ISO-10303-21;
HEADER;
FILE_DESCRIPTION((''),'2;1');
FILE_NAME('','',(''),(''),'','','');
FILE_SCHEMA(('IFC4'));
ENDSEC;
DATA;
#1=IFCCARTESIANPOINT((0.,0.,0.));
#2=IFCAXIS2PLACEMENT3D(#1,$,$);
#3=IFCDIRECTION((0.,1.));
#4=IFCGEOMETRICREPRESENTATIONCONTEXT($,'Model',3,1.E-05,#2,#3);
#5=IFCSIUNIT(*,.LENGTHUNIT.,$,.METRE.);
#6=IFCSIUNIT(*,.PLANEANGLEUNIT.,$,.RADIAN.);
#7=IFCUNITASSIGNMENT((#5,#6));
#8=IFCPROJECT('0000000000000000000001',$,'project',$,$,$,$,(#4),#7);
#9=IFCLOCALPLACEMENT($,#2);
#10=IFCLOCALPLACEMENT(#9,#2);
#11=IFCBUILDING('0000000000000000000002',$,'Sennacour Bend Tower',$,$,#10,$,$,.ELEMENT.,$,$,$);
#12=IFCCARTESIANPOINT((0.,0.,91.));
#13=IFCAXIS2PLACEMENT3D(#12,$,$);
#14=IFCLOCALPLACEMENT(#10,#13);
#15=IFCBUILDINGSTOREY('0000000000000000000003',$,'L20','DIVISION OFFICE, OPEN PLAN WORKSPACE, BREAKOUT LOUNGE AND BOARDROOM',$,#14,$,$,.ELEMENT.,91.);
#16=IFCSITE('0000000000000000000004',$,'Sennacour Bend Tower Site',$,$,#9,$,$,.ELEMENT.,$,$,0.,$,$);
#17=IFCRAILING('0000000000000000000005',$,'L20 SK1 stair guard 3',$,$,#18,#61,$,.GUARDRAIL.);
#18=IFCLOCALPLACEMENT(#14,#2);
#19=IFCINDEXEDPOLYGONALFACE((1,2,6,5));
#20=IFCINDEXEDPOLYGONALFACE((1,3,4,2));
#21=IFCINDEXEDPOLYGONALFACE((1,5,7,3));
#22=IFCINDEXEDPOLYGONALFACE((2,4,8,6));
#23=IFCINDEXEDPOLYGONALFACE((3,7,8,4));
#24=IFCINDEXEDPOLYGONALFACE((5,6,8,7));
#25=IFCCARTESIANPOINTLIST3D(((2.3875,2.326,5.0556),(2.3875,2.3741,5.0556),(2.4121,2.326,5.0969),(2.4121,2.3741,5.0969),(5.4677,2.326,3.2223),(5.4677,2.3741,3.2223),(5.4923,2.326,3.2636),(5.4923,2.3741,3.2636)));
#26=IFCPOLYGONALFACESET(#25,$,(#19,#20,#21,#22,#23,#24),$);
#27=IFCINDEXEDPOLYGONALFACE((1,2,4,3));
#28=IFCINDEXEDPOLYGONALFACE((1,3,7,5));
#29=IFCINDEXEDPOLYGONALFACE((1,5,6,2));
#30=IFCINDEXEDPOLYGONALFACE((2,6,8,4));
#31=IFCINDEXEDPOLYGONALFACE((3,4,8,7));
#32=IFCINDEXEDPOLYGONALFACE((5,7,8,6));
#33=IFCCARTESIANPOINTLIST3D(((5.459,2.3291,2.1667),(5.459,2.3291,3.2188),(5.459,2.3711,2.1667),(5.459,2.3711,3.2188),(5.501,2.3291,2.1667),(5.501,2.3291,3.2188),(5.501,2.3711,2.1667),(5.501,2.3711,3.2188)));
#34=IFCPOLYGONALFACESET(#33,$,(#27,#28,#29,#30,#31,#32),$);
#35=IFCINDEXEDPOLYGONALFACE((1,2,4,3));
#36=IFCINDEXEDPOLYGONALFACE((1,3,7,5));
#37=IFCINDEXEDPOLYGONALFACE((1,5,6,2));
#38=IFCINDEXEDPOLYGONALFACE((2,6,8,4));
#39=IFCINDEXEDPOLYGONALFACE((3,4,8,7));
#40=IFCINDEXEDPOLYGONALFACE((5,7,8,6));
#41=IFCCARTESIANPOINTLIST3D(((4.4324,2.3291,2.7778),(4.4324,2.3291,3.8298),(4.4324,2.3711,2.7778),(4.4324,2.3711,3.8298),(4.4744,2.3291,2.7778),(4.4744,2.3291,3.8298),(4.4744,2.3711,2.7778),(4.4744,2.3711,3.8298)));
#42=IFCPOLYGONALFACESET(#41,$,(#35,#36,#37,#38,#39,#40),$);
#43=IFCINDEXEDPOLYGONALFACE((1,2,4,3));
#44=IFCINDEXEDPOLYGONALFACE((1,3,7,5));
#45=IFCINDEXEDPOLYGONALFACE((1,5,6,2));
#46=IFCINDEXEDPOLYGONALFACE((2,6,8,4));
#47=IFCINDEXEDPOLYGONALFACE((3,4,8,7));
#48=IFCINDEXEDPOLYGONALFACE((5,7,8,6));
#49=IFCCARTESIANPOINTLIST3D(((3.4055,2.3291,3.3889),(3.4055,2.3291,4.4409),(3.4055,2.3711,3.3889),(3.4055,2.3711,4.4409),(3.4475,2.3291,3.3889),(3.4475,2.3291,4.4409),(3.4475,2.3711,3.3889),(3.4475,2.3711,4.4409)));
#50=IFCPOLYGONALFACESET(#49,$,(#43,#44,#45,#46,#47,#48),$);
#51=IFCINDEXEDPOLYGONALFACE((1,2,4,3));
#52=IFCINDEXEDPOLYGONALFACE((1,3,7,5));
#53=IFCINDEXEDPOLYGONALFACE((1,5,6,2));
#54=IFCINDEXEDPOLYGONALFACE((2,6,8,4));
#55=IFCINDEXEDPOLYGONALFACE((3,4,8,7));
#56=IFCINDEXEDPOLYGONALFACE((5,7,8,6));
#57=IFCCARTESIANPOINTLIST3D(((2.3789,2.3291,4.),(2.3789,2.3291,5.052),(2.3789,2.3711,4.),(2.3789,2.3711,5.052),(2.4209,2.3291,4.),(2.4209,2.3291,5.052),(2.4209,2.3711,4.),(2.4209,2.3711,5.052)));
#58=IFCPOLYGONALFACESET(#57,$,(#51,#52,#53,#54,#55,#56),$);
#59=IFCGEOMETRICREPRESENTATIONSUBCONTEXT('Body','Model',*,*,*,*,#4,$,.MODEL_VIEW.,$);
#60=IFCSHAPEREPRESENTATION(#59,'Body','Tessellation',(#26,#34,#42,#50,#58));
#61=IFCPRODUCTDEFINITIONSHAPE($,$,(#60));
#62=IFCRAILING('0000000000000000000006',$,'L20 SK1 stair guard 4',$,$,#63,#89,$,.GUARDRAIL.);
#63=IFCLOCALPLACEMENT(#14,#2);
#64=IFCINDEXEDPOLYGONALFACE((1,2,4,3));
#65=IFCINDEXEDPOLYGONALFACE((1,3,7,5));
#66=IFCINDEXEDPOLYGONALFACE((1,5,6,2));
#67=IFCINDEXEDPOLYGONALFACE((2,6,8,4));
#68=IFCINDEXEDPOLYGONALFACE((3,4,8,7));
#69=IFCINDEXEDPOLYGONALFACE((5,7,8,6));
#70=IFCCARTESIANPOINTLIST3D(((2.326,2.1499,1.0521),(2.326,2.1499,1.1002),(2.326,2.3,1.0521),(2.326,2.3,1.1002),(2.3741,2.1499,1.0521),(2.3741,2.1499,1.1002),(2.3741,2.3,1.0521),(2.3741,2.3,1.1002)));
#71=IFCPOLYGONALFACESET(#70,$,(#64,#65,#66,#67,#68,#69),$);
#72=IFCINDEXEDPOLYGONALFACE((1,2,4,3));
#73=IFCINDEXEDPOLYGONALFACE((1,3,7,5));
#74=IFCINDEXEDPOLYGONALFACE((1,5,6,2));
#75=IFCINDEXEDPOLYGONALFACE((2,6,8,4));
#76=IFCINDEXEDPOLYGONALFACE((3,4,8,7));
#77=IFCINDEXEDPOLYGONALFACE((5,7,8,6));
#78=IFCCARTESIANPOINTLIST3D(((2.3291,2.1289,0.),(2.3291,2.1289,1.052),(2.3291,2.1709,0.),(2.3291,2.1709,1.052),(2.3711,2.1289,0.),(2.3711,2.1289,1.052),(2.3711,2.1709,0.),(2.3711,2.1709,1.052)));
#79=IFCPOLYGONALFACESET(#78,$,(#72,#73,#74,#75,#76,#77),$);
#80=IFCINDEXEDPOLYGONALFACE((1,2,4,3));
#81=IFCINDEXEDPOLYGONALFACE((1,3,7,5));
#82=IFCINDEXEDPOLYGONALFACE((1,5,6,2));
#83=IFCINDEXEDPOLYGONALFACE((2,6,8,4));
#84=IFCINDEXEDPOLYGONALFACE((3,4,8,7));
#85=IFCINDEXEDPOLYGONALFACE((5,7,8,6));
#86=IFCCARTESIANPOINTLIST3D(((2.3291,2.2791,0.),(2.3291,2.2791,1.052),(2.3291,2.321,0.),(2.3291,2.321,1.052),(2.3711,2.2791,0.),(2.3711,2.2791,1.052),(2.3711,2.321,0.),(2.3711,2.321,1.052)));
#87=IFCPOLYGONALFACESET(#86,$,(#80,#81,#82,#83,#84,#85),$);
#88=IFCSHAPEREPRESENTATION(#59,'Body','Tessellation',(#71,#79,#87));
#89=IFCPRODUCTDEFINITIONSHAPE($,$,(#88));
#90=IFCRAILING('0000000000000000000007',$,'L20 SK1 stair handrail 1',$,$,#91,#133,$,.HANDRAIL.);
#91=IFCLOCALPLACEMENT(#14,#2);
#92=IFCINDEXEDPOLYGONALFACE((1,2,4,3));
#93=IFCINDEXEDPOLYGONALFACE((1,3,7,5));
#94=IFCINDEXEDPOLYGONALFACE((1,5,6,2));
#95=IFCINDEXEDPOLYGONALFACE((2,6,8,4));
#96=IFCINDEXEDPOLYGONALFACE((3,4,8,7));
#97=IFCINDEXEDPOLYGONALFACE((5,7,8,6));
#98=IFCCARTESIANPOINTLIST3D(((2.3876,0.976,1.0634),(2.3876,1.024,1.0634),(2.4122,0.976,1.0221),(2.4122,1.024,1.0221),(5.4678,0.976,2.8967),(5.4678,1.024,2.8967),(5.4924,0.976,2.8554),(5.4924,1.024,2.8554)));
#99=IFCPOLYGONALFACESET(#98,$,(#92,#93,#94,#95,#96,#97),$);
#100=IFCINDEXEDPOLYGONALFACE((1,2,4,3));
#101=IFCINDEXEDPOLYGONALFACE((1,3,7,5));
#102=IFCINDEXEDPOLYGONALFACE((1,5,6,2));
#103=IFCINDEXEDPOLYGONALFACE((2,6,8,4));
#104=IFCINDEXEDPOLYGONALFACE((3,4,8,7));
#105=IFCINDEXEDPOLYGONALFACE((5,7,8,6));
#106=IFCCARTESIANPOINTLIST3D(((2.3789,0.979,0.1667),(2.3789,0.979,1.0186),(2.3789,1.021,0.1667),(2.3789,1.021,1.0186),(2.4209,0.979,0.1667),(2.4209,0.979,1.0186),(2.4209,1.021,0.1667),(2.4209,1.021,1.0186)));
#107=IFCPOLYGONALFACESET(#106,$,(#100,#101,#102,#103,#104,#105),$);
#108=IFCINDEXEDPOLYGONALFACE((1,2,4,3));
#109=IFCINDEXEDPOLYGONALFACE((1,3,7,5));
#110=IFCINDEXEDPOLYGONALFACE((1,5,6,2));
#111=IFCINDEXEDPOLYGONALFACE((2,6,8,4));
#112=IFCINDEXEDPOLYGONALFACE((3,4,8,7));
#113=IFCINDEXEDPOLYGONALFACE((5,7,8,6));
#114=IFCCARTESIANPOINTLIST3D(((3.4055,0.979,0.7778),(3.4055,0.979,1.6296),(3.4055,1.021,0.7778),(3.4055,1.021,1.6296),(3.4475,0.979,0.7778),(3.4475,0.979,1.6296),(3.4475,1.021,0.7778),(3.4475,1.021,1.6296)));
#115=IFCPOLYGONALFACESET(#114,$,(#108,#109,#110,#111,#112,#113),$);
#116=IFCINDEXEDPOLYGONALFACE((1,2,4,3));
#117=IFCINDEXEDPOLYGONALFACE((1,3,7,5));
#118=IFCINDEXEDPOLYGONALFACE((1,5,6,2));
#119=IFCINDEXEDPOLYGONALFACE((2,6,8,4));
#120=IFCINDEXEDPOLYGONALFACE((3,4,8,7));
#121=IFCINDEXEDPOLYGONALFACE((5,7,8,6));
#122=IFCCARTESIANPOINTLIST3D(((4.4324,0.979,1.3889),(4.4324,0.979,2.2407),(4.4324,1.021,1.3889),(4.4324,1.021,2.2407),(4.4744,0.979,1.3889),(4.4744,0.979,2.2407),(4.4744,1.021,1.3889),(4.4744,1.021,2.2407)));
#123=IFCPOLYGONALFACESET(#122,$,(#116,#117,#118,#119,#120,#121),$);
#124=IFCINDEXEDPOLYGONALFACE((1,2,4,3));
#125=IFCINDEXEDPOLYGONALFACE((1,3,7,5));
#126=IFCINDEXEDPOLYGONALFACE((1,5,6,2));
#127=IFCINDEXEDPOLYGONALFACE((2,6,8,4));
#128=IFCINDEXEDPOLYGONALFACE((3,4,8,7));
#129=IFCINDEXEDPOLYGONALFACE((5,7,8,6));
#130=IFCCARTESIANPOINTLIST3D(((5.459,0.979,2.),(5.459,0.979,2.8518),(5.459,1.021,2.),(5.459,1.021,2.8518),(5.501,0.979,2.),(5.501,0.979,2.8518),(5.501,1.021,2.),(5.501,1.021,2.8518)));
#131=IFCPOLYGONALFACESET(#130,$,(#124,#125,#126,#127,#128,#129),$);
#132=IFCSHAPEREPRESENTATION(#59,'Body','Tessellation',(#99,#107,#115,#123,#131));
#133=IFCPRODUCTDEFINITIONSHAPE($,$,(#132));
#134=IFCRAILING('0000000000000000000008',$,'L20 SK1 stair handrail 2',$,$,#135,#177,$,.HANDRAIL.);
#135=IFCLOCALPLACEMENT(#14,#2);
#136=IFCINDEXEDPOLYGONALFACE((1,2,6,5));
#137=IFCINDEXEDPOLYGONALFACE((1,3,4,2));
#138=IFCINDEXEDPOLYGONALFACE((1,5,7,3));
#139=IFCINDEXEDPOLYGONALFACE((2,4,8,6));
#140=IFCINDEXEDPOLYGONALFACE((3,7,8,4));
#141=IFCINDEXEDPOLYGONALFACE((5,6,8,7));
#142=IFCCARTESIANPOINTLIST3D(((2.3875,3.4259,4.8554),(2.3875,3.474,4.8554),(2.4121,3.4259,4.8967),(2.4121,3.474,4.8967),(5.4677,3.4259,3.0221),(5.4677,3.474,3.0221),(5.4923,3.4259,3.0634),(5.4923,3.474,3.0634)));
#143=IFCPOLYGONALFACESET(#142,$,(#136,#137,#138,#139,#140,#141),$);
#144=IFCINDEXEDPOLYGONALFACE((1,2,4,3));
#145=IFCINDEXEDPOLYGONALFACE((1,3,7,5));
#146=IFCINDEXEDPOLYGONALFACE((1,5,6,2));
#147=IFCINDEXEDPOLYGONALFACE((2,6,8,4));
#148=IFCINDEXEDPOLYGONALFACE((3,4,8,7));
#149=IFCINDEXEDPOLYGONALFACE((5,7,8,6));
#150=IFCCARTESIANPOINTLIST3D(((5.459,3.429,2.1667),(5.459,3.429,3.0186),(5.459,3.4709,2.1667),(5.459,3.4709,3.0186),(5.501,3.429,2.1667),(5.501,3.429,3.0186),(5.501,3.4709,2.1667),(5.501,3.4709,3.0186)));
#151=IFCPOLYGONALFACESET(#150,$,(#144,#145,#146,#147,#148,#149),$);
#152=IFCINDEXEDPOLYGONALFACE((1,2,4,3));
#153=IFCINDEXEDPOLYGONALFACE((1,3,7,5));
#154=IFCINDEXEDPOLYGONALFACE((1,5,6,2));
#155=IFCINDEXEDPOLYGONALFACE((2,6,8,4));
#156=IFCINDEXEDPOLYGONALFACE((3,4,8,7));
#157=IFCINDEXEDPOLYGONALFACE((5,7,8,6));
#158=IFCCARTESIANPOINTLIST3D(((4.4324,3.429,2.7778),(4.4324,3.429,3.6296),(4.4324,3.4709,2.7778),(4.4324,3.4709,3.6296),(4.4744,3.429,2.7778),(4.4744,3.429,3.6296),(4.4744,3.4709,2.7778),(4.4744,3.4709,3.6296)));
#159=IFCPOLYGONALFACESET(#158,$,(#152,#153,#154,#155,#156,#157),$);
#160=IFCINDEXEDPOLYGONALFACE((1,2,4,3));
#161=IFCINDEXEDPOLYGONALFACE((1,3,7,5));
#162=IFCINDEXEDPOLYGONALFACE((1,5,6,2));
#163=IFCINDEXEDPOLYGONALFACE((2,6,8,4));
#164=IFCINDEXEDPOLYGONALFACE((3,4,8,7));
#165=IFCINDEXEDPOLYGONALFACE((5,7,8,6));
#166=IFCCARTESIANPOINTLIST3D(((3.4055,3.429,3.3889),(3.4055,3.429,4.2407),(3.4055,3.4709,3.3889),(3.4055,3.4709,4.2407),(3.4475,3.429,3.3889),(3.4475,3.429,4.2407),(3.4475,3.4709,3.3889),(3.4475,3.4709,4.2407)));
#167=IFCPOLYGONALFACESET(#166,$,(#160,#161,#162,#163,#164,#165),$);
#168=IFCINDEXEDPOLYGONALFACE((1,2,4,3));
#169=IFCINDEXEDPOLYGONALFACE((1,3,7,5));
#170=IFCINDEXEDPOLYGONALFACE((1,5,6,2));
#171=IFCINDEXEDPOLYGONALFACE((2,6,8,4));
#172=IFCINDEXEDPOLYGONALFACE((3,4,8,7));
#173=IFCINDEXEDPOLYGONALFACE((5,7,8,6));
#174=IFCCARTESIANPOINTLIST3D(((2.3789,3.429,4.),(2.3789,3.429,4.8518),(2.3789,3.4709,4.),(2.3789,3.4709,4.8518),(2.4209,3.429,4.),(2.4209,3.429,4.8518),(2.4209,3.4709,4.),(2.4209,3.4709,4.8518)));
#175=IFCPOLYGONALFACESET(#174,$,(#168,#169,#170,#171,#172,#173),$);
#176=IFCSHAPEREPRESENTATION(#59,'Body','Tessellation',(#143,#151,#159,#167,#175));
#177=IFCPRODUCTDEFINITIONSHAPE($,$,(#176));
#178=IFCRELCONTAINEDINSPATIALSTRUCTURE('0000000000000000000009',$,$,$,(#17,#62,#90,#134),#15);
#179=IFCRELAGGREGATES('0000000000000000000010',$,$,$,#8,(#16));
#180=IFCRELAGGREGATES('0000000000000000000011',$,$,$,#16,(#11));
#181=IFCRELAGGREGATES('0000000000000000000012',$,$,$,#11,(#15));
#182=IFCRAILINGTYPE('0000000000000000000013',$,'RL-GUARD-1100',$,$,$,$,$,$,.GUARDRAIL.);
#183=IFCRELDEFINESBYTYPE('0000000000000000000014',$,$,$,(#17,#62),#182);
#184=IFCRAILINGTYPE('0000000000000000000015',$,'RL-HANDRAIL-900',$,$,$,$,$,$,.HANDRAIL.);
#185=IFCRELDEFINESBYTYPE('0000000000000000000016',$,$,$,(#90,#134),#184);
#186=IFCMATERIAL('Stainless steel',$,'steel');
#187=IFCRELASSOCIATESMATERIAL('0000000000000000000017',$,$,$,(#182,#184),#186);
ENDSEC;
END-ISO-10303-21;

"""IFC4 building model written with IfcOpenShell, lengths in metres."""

from ifc_helpers import new_model, si_unit, direction, frame, origin, origin_2d, place, context, subcontext, project, spatial, rectangle, extrude, material, type_object, element, save


model = new_model("IFC4")

# Units and contexts
model_context = context("Model", 3, precision=1e-05, world=origin(), true_north=direction((0.0, 1.0)))
body_context = subcontext(model_context, "Body", "Model", "MODEL_VIEW")
ifc_project = project(units=[si_unit("LENGTHUNIT", "METRE"), si_unit("PLANEANGLEUNIT", "RADIAN")], contexts=[model_context])

# Site, building, storey
site_placement = place(None, origin())
site = spatial("IfcSite", under=ifc_project, at=site_placement, Name="Sennacour Bend Tower Site", CompositionType="ELEMENT", RefElevation=0.0)
building_placement = place(site_placement, origin())
building = spatial("IfcBuilding", under=site, at=building_placement, Name="Sennacour Bend Tower", CompositionType="ELEMENT")
storey_placement = place(building_placement, frame((0.0, 0.0, 91.0)))
storey = spatial("IfcBuildingStorey", under=building, at=storey_placement, Name="L20", Description="DIVISION OFFICE, OPEN PLAN WORKSPACE, BREAKOUT LOUNGE AND BOARDROOM", CompositionType="ELEMENT", Elevation=91.0)

# Railings
ifc_material_1 = material(Name="Stainless steel", Category="steel")
railing_type_1 = type_object("IfcRailingType", Name="RL-GUARD-1100", PredefinedType="GUARDRAIL", material=ifc_material_1)
railing_1_placement = place(storey_placement, frame((5.48, 2.3501, 2.1667)))
element("IfcRailing", 1, at=railing_1_placement, inside=storey, type_object=railing_type_1, Name="L20 SK1 stair guard 3", PredefinedType="GUARDRAIL", context=body_context, shape_type="SweptSolid", body=[
    extrude(rectangle(XDim=0.0481, YDim=0.0481, at=origin_2d()), frame((0.0, 0.0, 1.0762), z_axis=(-0.859309, 0.0, 0.511458), x_axis=(0.0, -1.0, 0.0)), (0.0, 0.0, 1.0), 3.5845),
    extrude(rectangle(XDim=0.042, YDim=0.042, at=origin_2d()), origin(), (0.0, 0.0, 1.0), 1.052),
    extrude(rectangle(XDim=0.042, YDim=0.042, at=origin_2d()), frame((-1.0266, 0.0, 0.6111)), (0.0, 0.0, 1.0), 1.052),
    extrude(rectangle(XDim=0.042, YDim=0.042, at=origin_2d()), frame((-2.0535, 0.0, 1.2222)), (0.0, 0.0, 1.0), 1.052),
    extrude(rectangle(XDim=0.042, YDim=0.042, at=origin_2d()), frame((-3.0801, 0.0, 1.8333)), (0.0, 0.0, 1.0), 1.052),
])
railing_2_placement = place(storey_placement, frame((2.3501, 2.1499, 0.0)))
element("IfcRailing", 2, at=railing_2_placement, inside=storey, type_object=railing_type_1, Name="L20 SK1 stair guard 4", PredefinedType="GUARDRAIL", context=body_context, shape_type="SweptSolid", body=[
    extrude(rectangle(XDim=0.0481, YDim=0.0481, at=origin_2d()), frame((0.0, 0.0, 1.0762), z_axis=(0.0, 1.0, 0.0), x_axis=(-1.0, 0.0, 0.0)), (0.0, 0.0, 1.0), 0.1501),
    extrude(rectangle(XDim=0.042, YDim=0.042, at=origin_2d()), origin(), (0.0, 0.0, 1.0), 1.052),
    extrude(rectangle(XDim=0.042, YDim=0.042, at=origin_2d()), frame((0.0, 0.1501, 0.0)), (0.0, 0.0, 1.0), 1.052),
])
railing_type_2 = type_object("IfcRailingType", Name="RL-HANDRAIL-900", PredefinedType="HANDRAIL", material=ifc_material_1)
railing_3_placement = place(storey_placement, frame((2.3999, 1.0, 0.1667)))
element("IfcRailing", 3, at=railing_3_placement, inside=storey, type_object=railing_type_2, Name="L20 SK1 stair handrail 1", PredefinedType="HANDRAIL", context=body_context, shape_type="SweptSolid", body=[
    extrude(rectangle(XDim=0.0481, YDim=0.0481, at=origin_2d()), frame((0.0, 0.0, 0.876), z_axis=(0.859309, 0.0, 0.511458), x_axis=(0.0, 1.0, 0.0)), (0.0, 0.0, 1.0), 3.5845),
    extrude(rectangle(XDim=0.042, YDim=0.042, at=origin_2d()), origin(), (0.0, 0.0, 1.0), 0.8518),
    extrude(rectangle(XDim=0.042, YDim=0.042, at=origin_2d()), frame((1.0266, 0.0, 0.6111)), (0.0, 0.0, 1.0), 0.8518),
    extrude(rectangle(XDim=0.042, YDim=0.042, at=origin_2d()), frame((2.0535, 0.0, 1.2222)), (0.0, 0.0, 1.0), 0.8518),
    extrude(rectangle(XDim=0.042, YDim=0.042, at=origin_2d()), frame((3.0801, 0.0, 1.8333)), (0.0, 0.0, 1.0), 0.8518),
])
railing_4_placement = place(storey_placement, frame((5.48, 3.45, 2.1667)))
element("IfcRailing", 4, at=railing_4_placement, inside=storey, type_object=railing_type_2, Name="L20 SK1 stair handrail 2", PredefinedType="HANDRAIL", context=body_context, shape_type="SweptSolid", body=[
    extrude(rectangle(XDim=0.0481, YDim=0.0481, at=origin_2d()), frame((0.0, 0.0, 0.876), z_axis=(-0.859309, 0.0, 0.511458), x_axis=(0.0, -1.0, 0.0)), (0.0, 0.0, 1.0), 3.5845),
    extrude(rectangle(XDim=0.042, YDim=0.042, at=origin_2d()), origin(), (0.0, 0.0, 1.0), 0.8518),
    extrude(rectangle(XDim=0.042, YDim=0.042, at=origin_2d()), frame((-1.0266, 0.0, 0.6111)), (0.0, 0.0, 1.0), 0.8518),
    extrude(rectangle(XDim=0.042, YDim=0.042, at=origin_2d()), frame((-2.0535, 0.0, 1.2222)), (0.0, 0.0, 1.0), 0.8518),
    extrude(rectangle(XDim=0.042, YDim=0.042, at=origin_2d()), frame((-3.0801, 0.0, 1.8333)), (0.0, 0.0, 1.0), 0.8518),
])

save(model, "model.ifc")
